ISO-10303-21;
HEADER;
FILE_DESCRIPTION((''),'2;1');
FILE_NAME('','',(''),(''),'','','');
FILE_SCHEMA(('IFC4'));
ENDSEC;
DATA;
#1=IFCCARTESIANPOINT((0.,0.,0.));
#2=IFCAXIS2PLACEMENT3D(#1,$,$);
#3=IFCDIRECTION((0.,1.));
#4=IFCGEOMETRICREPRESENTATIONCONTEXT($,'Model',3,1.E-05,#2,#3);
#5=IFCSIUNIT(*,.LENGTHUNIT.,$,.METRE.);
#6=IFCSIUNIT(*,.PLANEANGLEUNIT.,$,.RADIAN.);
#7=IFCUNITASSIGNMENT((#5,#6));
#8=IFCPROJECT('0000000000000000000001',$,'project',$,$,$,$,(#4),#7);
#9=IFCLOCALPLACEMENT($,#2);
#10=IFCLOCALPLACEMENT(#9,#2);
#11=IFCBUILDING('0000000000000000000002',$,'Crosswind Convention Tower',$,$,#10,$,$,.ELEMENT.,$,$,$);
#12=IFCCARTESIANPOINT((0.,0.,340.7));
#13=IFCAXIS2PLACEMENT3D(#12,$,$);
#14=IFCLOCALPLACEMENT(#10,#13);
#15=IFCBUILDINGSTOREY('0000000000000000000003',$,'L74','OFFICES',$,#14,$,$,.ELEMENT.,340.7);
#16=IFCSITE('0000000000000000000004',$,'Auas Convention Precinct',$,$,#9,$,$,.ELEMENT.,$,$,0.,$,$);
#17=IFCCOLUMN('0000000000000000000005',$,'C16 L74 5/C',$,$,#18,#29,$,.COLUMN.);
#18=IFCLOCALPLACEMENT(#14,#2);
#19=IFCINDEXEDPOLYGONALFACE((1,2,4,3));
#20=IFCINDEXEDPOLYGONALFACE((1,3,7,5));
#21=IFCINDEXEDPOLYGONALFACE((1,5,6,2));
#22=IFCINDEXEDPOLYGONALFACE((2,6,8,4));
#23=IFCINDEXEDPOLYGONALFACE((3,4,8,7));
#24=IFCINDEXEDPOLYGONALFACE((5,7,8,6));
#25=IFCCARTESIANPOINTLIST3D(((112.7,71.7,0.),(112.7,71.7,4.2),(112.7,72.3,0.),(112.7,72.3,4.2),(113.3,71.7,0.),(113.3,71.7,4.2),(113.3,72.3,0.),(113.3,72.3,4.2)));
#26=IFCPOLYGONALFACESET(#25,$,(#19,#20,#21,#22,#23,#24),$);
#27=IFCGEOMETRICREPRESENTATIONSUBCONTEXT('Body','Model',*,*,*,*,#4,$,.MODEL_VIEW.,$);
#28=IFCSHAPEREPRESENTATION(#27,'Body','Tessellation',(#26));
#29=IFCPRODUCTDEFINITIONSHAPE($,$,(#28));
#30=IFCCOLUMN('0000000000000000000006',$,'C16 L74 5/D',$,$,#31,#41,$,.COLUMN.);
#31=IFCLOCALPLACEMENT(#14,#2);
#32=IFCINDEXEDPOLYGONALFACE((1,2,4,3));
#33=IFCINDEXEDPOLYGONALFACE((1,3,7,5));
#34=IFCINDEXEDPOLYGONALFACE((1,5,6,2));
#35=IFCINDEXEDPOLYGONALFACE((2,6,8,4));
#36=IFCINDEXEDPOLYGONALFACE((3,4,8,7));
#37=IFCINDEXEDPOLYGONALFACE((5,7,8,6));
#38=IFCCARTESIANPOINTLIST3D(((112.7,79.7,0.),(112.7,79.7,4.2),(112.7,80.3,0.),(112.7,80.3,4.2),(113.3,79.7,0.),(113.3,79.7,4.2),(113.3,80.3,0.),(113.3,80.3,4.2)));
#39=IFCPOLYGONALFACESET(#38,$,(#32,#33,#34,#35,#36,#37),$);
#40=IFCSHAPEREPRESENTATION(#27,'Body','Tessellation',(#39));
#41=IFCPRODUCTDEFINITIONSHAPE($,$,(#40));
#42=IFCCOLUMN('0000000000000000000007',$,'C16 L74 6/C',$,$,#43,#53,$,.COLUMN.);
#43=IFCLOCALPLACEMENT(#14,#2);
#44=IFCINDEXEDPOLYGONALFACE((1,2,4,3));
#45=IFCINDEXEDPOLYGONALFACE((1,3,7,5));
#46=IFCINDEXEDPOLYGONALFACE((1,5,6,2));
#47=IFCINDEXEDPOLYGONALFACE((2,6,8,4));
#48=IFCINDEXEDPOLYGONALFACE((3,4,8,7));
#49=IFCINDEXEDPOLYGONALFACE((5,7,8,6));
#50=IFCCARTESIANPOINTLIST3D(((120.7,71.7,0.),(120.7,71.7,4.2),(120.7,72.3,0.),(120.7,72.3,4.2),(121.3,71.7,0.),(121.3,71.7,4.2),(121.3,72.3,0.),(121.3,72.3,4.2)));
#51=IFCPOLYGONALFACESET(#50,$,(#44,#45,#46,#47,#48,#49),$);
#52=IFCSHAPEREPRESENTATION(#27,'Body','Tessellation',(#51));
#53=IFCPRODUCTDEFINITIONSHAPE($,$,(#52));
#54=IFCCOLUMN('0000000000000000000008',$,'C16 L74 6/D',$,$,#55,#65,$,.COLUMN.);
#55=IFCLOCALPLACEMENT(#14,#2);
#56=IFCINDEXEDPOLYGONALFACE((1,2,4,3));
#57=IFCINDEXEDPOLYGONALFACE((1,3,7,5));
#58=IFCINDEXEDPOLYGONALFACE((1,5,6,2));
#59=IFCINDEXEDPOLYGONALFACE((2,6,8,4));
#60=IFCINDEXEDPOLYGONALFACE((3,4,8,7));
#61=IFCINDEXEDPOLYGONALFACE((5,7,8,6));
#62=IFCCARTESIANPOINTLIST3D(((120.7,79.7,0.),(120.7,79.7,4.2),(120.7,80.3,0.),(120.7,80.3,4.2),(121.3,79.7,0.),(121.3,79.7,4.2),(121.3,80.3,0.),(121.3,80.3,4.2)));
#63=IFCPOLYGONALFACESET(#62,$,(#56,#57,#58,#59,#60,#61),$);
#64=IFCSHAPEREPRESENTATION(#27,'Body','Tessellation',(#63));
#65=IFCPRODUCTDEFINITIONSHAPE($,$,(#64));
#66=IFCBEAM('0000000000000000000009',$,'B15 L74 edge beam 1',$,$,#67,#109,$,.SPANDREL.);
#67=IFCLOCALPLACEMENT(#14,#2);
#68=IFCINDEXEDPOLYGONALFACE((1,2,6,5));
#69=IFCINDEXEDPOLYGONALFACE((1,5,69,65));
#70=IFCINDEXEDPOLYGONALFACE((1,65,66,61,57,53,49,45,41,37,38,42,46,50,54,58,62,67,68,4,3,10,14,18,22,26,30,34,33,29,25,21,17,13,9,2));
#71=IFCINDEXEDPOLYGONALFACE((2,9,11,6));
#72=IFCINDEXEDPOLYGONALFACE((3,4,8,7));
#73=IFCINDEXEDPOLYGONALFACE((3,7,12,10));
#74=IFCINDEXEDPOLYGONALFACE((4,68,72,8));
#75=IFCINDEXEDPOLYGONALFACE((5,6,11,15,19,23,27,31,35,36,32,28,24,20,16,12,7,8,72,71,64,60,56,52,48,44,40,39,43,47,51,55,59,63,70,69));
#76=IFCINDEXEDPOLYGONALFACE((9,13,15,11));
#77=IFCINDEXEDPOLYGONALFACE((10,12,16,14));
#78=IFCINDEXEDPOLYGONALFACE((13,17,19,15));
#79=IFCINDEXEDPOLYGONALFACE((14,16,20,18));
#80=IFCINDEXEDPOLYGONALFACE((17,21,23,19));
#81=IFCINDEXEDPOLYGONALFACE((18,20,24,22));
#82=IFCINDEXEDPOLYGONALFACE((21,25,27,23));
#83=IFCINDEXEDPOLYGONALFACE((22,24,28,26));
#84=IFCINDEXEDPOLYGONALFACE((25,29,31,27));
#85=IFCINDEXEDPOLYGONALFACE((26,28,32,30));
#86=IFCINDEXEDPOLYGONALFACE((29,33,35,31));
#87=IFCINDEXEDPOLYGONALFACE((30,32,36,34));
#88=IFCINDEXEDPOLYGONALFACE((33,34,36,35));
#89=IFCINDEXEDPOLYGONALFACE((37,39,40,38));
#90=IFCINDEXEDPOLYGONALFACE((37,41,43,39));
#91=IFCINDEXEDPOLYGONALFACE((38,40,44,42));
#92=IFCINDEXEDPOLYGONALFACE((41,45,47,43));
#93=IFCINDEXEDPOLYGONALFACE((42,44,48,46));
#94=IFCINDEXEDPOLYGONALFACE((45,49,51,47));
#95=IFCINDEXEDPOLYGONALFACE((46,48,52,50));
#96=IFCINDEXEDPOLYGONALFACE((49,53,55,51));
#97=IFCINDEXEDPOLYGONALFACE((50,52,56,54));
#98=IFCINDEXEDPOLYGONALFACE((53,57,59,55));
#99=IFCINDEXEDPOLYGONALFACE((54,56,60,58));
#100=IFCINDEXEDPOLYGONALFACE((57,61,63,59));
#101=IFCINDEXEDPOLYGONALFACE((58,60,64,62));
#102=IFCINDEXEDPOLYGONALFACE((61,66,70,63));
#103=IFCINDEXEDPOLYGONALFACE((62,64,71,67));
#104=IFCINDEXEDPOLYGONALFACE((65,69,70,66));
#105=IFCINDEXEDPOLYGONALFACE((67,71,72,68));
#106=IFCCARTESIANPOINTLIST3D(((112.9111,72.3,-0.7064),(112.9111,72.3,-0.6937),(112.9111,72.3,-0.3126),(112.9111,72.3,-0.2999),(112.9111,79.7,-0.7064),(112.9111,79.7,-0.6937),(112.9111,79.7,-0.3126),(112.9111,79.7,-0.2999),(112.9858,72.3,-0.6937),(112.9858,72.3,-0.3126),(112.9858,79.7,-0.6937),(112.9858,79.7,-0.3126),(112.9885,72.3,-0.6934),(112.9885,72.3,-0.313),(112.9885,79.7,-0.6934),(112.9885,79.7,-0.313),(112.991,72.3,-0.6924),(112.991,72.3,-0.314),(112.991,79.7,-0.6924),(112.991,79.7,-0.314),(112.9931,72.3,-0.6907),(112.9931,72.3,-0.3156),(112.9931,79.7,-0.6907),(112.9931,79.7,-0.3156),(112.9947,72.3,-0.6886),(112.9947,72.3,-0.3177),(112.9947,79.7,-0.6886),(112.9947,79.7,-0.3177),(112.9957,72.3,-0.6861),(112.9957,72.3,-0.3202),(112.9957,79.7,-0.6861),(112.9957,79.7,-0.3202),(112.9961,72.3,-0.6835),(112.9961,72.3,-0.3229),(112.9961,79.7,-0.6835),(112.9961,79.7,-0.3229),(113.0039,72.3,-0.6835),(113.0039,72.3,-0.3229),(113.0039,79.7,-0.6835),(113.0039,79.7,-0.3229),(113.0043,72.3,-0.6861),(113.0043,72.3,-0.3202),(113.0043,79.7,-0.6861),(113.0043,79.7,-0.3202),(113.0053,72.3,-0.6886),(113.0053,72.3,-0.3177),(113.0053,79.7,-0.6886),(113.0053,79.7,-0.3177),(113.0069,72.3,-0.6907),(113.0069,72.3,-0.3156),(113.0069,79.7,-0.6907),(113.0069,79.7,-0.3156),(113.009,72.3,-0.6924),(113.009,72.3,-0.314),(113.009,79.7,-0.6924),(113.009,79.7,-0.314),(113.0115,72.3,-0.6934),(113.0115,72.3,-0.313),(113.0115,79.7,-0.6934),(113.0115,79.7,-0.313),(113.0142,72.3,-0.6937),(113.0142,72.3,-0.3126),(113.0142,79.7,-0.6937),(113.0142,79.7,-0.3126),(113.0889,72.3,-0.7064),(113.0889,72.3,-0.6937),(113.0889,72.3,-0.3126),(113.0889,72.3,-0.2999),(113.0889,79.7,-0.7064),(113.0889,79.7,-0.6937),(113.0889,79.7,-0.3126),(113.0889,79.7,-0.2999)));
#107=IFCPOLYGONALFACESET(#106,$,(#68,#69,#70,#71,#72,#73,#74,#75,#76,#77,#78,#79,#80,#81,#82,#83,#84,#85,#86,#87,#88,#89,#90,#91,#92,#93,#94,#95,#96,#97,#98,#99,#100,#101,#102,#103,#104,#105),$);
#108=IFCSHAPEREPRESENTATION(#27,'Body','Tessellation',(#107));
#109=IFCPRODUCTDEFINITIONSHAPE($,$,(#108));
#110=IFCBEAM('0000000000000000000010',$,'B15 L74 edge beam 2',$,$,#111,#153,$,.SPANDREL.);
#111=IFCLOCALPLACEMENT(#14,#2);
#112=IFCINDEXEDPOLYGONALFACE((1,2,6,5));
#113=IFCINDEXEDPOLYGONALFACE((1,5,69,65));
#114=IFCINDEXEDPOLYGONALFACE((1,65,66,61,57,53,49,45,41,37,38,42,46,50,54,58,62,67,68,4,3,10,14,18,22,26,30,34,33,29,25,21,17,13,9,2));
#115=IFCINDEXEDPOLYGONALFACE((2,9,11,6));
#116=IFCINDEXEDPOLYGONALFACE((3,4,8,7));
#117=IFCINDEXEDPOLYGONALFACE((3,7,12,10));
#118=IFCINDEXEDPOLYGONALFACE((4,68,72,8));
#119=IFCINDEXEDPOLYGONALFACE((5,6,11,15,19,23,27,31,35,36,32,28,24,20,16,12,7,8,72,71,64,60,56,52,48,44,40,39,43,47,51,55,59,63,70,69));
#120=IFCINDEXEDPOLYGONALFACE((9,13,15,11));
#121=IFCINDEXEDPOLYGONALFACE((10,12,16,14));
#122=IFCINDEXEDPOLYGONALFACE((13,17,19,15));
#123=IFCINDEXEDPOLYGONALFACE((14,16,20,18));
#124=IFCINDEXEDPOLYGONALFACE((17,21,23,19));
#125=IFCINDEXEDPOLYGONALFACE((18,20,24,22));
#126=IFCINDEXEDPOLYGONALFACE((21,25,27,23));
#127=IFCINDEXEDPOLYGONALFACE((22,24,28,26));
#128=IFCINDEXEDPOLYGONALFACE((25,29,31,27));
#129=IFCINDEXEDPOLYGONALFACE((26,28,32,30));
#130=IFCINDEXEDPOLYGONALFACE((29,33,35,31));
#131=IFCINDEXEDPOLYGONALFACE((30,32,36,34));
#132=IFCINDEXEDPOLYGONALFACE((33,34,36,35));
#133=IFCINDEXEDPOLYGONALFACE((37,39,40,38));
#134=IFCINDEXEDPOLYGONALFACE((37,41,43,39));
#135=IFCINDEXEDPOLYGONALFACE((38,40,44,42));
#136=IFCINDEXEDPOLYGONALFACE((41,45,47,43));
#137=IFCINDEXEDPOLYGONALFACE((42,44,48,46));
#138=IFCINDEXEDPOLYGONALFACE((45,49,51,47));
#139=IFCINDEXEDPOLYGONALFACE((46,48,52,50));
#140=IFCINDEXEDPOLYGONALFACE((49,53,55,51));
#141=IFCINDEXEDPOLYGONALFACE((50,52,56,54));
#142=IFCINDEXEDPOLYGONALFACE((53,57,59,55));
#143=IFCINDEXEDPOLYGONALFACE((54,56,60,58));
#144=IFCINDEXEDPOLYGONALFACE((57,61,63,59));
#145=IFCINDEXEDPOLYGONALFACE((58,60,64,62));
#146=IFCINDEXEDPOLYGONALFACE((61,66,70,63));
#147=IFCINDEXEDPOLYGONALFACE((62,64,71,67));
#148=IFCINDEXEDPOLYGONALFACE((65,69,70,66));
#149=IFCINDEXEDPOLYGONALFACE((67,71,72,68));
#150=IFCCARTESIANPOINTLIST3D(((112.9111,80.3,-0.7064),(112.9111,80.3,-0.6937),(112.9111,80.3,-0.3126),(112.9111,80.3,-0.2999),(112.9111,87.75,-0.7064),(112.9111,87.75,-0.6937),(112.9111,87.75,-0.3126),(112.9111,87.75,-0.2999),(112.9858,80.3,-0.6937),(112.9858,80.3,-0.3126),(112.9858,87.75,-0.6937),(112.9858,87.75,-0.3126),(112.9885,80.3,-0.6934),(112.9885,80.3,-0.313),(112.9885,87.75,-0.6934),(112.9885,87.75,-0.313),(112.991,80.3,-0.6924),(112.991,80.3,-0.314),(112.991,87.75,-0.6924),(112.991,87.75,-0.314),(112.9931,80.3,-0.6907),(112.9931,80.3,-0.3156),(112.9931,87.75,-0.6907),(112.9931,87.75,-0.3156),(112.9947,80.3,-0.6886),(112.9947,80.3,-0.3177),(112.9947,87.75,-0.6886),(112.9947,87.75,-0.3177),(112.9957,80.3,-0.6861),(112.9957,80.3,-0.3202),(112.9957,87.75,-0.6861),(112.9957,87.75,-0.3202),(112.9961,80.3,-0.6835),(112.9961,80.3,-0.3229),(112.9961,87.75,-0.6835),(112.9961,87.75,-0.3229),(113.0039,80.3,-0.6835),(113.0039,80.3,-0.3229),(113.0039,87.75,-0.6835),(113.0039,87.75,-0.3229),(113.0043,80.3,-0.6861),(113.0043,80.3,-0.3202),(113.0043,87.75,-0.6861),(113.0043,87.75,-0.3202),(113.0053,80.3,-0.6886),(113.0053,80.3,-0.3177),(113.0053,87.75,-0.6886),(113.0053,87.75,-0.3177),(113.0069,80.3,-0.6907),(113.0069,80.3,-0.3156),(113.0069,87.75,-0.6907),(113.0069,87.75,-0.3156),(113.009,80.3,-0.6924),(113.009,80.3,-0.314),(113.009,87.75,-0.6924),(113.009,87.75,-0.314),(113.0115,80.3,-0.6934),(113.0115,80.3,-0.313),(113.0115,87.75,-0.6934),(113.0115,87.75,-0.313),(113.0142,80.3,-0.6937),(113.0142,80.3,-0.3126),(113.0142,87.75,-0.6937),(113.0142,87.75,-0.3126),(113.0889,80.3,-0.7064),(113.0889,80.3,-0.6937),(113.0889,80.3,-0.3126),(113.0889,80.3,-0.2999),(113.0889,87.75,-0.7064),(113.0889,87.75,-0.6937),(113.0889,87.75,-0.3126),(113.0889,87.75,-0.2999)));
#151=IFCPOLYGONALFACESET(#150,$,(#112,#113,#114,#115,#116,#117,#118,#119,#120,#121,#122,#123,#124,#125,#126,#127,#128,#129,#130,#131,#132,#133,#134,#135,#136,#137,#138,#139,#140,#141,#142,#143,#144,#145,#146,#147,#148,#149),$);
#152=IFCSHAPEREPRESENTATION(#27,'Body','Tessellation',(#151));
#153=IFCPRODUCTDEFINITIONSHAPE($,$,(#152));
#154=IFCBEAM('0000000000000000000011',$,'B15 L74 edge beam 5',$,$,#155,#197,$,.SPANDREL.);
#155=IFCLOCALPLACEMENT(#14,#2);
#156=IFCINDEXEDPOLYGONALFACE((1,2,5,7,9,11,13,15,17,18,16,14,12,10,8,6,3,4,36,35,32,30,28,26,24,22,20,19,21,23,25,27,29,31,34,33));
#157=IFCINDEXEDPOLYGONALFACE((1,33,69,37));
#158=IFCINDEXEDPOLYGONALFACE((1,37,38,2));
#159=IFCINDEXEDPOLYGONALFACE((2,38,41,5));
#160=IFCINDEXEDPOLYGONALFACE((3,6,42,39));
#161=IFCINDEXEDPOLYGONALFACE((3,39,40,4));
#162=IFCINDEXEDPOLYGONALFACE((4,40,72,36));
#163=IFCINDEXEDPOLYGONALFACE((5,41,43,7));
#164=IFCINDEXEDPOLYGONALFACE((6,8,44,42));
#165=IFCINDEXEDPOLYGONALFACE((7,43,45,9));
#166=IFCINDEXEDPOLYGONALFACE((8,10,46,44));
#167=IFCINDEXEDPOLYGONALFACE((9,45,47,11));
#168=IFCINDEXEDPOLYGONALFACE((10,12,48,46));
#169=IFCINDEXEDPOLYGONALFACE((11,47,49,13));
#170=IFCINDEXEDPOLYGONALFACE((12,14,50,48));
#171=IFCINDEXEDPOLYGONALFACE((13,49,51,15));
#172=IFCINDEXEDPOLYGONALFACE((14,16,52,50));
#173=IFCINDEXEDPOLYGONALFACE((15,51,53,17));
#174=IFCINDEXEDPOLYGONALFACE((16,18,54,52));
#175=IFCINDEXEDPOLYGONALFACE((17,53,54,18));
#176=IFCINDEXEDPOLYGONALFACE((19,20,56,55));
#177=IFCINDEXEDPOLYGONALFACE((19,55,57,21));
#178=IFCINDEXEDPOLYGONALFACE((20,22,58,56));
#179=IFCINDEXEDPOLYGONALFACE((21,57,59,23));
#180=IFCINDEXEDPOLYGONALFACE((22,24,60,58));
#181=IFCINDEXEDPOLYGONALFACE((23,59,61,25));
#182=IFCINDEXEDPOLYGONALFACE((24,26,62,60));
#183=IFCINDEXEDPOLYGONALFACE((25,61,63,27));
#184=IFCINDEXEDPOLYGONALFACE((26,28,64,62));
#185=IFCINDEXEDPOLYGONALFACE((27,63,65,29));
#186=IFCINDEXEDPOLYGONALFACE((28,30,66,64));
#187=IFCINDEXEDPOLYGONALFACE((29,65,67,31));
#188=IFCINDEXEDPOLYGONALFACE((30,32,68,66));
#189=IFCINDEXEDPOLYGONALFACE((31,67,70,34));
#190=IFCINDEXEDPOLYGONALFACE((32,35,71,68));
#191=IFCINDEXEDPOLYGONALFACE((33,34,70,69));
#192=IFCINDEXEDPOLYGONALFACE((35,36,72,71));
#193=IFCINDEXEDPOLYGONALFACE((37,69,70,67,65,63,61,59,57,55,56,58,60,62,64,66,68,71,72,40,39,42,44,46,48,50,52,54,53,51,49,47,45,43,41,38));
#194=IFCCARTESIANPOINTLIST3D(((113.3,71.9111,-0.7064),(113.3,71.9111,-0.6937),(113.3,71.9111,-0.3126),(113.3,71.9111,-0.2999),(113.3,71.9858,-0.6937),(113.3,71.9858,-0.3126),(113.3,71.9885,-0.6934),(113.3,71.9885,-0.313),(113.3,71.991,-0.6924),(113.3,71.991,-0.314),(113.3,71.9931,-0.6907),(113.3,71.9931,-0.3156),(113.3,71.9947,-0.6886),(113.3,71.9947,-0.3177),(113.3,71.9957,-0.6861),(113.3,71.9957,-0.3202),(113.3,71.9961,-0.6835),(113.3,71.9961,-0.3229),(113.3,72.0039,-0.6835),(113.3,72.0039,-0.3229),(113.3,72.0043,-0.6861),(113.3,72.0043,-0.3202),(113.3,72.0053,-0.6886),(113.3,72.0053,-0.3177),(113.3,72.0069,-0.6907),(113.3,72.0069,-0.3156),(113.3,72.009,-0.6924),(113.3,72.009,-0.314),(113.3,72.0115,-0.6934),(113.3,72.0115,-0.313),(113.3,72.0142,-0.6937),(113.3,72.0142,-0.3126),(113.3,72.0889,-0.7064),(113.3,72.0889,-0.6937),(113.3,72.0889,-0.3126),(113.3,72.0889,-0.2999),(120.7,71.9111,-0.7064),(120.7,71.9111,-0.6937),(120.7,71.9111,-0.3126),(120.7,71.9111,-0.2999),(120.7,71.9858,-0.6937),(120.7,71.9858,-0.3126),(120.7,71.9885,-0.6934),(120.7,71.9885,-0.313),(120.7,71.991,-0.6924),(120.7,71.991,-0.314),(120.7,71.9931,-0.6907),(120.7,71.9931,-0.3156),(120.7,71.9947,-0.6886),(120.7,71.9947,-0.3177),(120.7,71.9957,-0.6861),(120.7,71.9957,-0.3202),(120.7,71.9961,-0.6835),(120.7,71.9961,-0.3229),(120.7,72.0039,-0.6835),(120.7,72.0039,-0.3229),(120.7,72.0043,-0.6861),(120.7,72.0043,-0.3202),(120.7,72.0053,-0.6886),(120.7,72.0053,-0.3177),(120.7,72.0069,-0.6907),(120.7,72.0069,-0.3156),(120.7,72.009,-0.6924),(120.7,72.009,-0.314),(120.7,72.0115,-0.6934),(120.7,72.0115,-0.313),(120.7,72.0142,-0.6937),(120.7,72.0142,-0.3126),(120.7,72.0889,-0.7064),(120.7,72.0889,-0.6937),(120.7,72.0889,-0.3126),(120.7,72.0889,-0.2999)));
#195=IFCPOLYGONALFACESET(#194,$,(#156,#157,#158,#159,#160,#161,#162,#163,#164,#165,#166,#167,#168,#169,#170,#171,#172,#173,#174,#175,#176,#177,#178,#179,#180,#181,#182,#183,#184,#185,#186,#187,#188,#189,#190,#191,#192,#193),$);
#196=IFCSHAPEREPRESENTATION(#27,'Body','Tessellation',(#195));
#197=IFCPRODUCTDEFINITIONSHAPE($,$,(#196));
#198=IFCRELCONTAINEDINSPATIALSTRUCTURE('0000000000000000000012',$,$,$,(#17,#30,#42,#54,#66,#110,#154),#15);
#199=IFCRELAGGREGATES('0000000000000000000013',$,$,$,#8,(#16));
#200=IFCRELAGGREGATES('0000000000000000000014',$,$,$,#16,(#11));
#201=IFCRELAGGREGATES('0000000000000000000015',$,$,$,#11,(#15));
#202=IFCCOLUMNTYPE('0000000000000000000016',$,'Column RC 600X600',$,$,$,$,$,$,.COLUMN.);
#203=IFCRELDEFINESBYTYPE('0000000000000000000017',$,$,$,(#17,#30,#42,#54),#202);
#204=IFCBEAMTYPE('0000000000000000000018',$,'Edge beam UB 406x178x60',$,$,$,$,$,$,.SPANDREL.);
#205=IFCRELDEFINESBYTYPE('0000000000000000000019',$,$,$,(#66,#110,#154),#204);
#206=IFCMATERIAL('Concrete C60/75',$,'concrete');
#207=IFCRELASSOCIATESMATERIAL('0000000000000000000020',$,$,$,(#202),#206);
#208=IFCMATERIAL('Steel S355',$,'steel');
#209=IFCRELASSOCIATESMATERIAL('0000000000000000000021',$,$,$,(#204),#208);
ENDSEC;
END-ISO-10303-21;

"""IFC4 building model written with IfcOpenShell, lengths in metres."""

from ifc_helpers import new_model, si_unit, direction, frame, origin, origin_2d, place, context, subcontext, project, spatial, rectangle, i_section, extrude, material, material_profile, profile_set, type_object, element, save


model = new_model("IFC4")

# Units and contexts
model_context = context("Model", 3, precision=1e-05, world=origin(), true_north=direction((0.0, 1.0)))
body_context = subcontext(model_context, "Body", "Model", "MODEL_VIEW")
ifc_project = project(units=[si_unit("LENGTHUNIT", "METRE"), si_unit("PLANEANGLEUNIT", "RADIAN")], contexts=[model_context])

# Site, building, storey
site_placement = place(None, origin())
site = spatial("IfcSite", under=ifc_project, at=site_placement, Name="Auas Convention Precinct", CompositionType="ELEMENT", RefElevation=0.0)
building_placement = place(site_placement, origin())
building = spatial("IfcBuilding", under=site, at=building_placement, Name="Crosswind Convention Tower", CompositionType="ELEMENT")
storey_placement = place(building_placement, frame((0.0, 0.0, 340.7)))
storey = spatial("IfcBuildingStorey", under=building, at=storey_placement, Name="L74", Description="OFFICES", CompositionType="ELEMENT", Elevation=340.7)

# Columns
ifc_material_1 = material(Name="Concrete C60/75", Category="concrete")
ifc_material_profile_1 = material_profile(ifc_material_1, rectangle(XDim=0.6001, YDim=0.6001, at=origin_2d()), Name="RC 600X600")
ifc_profile_set_1 = profile_set([ifc_material_profile_1], Name="Concrete C60/75")
column_type = type_object("IfcColumnType", Name="Column RC 600X600", PredefinedType="COLUMN", material=ifc_profile_set_1)
for number, where, z_axis, x_axis, name in (
    (1, (113.0, 72.0, 0.0), (0.0, 0.0, 1.0), (1.0, 0.0, 0.0), "C16 L74 5/C"),
    (2, (113.0, 80.0, 0.0), (0.0, 0.0, 1.0), (1.0, 0.0, 0.0), "C16 L74 5/D"),
    (3, (121.0, 72.0, 0.0), (0.0, 0.0, 1.0), (1.0, 0.0, 0.0), "C16 L74 6/C"),
    (4, (121.0, 80.0, 0.0), (0.0, 0.0, 1.0), (1.0, 0.0, 0.0), "C16 L74 6/D"),
):
    element("IfcColumn", number, at=place(storey_placement, frame(where, z_axis=z_axis, x_axis=x_axis)), inside=storey, type_object=column_type, Name=name, PredefinedType="COLUMN", context=body_context, shape_type="SweptSolid", body=[
        extrude(rectangle(XDim=0.6001, YDim=0.6001, at=origin_2d()), origin(), (0.0, 0.0, 1.0), 4.2),
    ])

# Beams
ifc_material_2 = material(Name="Steel S355", Category="steel")
ifc_material_profile_2 = material_profile(ifc_material_2, i_section(OverallWidth=0.1777, OverallDepth=0.4065, WebThickness=0.0078, FlangeThickness=0.0127, FilletRadius=0.0103, at=origin_2d()), Name="UB 406x178x60")
ifc_profile_set_2 = profile_set([ifc_material_profile_2], Name="Steel S355")
beam_type_1 = type_object("IfcBeamType", Name="Edge beam UB 406x178x60", PredefinedType="SPANDREL", material=ifc_profile_set_2)
beam_1_placement = place(storey_placement, frame((113.0, 72.3, -0.5032), z_axis=(0.0, 1.0, 0.0), x_axis=(-1.0, 0.0, 0.0)))
element("IfcBeam", 5, at=beam_1_placement, inside=storey, type_object=beam_type_1, Name="B15 L74 edge beam 1", PredefinedType="SPANDREL", context=body_context, shape_type="SweptSolid", body=[
    extrude(i_section(OverallWidth=0.1777, OverallDepth=0.4065, WebThickness=0.0078, FlangeThickness=0.0127, FilletRadius=0.0103, at=origin_2d()), origin(), (0.0, 0.0, 1.0), 7.3999),
])
beam_2_placement = place(storey_placement, frame((113.0, 80.3, -0.5032), z_axis=(0.0, 1.0, 0.0), x_axis=(-1.0, 0.0, 0.0)))
element("IfcBeam", 6, at=beam_2_placement, inside=storey, type_object=beam_type_1, Name="B15 L74 edge beam 2", PredefinedType="SPANDREL", context=body_context, shape_type="SweptSolid", body=[
    extrude(i_section(OverallWidth=0.1777, OverallDepth=0.4065, WebThickness=0.0078, FlangeThickness=0.0127, FilletRadius=0.0103, at=origin_2d()), origin(), (0.0, 0.0, 1.0), 7.45),
])
beam_3_placement = place(storey_placement, frame((113.3, 72.0, -0.5032), z_axis=(1.0, 0.0, 0.0), x_axis=(0.0, 1.0, 0.0)))
element("IfcBeam", 7, at=beam_3_placement, inside=storey, type_object=beam_type_1, Name="B15 L74 edge beam 5", PredefinedType="SPANDREL", context=body_context, shape_type="SweptSolid", body=[
    extrude(i_section(OverallWidth=0.1777, OverallDepth=0.4065, WebThickness=0.0078, FlangeThickness=0.0127, FilletRadius=0.0103, at=origin_2d()), origin(), (0.0, 0.0, 1.0), 7.3999),
])

save(model, "model.ifc")
